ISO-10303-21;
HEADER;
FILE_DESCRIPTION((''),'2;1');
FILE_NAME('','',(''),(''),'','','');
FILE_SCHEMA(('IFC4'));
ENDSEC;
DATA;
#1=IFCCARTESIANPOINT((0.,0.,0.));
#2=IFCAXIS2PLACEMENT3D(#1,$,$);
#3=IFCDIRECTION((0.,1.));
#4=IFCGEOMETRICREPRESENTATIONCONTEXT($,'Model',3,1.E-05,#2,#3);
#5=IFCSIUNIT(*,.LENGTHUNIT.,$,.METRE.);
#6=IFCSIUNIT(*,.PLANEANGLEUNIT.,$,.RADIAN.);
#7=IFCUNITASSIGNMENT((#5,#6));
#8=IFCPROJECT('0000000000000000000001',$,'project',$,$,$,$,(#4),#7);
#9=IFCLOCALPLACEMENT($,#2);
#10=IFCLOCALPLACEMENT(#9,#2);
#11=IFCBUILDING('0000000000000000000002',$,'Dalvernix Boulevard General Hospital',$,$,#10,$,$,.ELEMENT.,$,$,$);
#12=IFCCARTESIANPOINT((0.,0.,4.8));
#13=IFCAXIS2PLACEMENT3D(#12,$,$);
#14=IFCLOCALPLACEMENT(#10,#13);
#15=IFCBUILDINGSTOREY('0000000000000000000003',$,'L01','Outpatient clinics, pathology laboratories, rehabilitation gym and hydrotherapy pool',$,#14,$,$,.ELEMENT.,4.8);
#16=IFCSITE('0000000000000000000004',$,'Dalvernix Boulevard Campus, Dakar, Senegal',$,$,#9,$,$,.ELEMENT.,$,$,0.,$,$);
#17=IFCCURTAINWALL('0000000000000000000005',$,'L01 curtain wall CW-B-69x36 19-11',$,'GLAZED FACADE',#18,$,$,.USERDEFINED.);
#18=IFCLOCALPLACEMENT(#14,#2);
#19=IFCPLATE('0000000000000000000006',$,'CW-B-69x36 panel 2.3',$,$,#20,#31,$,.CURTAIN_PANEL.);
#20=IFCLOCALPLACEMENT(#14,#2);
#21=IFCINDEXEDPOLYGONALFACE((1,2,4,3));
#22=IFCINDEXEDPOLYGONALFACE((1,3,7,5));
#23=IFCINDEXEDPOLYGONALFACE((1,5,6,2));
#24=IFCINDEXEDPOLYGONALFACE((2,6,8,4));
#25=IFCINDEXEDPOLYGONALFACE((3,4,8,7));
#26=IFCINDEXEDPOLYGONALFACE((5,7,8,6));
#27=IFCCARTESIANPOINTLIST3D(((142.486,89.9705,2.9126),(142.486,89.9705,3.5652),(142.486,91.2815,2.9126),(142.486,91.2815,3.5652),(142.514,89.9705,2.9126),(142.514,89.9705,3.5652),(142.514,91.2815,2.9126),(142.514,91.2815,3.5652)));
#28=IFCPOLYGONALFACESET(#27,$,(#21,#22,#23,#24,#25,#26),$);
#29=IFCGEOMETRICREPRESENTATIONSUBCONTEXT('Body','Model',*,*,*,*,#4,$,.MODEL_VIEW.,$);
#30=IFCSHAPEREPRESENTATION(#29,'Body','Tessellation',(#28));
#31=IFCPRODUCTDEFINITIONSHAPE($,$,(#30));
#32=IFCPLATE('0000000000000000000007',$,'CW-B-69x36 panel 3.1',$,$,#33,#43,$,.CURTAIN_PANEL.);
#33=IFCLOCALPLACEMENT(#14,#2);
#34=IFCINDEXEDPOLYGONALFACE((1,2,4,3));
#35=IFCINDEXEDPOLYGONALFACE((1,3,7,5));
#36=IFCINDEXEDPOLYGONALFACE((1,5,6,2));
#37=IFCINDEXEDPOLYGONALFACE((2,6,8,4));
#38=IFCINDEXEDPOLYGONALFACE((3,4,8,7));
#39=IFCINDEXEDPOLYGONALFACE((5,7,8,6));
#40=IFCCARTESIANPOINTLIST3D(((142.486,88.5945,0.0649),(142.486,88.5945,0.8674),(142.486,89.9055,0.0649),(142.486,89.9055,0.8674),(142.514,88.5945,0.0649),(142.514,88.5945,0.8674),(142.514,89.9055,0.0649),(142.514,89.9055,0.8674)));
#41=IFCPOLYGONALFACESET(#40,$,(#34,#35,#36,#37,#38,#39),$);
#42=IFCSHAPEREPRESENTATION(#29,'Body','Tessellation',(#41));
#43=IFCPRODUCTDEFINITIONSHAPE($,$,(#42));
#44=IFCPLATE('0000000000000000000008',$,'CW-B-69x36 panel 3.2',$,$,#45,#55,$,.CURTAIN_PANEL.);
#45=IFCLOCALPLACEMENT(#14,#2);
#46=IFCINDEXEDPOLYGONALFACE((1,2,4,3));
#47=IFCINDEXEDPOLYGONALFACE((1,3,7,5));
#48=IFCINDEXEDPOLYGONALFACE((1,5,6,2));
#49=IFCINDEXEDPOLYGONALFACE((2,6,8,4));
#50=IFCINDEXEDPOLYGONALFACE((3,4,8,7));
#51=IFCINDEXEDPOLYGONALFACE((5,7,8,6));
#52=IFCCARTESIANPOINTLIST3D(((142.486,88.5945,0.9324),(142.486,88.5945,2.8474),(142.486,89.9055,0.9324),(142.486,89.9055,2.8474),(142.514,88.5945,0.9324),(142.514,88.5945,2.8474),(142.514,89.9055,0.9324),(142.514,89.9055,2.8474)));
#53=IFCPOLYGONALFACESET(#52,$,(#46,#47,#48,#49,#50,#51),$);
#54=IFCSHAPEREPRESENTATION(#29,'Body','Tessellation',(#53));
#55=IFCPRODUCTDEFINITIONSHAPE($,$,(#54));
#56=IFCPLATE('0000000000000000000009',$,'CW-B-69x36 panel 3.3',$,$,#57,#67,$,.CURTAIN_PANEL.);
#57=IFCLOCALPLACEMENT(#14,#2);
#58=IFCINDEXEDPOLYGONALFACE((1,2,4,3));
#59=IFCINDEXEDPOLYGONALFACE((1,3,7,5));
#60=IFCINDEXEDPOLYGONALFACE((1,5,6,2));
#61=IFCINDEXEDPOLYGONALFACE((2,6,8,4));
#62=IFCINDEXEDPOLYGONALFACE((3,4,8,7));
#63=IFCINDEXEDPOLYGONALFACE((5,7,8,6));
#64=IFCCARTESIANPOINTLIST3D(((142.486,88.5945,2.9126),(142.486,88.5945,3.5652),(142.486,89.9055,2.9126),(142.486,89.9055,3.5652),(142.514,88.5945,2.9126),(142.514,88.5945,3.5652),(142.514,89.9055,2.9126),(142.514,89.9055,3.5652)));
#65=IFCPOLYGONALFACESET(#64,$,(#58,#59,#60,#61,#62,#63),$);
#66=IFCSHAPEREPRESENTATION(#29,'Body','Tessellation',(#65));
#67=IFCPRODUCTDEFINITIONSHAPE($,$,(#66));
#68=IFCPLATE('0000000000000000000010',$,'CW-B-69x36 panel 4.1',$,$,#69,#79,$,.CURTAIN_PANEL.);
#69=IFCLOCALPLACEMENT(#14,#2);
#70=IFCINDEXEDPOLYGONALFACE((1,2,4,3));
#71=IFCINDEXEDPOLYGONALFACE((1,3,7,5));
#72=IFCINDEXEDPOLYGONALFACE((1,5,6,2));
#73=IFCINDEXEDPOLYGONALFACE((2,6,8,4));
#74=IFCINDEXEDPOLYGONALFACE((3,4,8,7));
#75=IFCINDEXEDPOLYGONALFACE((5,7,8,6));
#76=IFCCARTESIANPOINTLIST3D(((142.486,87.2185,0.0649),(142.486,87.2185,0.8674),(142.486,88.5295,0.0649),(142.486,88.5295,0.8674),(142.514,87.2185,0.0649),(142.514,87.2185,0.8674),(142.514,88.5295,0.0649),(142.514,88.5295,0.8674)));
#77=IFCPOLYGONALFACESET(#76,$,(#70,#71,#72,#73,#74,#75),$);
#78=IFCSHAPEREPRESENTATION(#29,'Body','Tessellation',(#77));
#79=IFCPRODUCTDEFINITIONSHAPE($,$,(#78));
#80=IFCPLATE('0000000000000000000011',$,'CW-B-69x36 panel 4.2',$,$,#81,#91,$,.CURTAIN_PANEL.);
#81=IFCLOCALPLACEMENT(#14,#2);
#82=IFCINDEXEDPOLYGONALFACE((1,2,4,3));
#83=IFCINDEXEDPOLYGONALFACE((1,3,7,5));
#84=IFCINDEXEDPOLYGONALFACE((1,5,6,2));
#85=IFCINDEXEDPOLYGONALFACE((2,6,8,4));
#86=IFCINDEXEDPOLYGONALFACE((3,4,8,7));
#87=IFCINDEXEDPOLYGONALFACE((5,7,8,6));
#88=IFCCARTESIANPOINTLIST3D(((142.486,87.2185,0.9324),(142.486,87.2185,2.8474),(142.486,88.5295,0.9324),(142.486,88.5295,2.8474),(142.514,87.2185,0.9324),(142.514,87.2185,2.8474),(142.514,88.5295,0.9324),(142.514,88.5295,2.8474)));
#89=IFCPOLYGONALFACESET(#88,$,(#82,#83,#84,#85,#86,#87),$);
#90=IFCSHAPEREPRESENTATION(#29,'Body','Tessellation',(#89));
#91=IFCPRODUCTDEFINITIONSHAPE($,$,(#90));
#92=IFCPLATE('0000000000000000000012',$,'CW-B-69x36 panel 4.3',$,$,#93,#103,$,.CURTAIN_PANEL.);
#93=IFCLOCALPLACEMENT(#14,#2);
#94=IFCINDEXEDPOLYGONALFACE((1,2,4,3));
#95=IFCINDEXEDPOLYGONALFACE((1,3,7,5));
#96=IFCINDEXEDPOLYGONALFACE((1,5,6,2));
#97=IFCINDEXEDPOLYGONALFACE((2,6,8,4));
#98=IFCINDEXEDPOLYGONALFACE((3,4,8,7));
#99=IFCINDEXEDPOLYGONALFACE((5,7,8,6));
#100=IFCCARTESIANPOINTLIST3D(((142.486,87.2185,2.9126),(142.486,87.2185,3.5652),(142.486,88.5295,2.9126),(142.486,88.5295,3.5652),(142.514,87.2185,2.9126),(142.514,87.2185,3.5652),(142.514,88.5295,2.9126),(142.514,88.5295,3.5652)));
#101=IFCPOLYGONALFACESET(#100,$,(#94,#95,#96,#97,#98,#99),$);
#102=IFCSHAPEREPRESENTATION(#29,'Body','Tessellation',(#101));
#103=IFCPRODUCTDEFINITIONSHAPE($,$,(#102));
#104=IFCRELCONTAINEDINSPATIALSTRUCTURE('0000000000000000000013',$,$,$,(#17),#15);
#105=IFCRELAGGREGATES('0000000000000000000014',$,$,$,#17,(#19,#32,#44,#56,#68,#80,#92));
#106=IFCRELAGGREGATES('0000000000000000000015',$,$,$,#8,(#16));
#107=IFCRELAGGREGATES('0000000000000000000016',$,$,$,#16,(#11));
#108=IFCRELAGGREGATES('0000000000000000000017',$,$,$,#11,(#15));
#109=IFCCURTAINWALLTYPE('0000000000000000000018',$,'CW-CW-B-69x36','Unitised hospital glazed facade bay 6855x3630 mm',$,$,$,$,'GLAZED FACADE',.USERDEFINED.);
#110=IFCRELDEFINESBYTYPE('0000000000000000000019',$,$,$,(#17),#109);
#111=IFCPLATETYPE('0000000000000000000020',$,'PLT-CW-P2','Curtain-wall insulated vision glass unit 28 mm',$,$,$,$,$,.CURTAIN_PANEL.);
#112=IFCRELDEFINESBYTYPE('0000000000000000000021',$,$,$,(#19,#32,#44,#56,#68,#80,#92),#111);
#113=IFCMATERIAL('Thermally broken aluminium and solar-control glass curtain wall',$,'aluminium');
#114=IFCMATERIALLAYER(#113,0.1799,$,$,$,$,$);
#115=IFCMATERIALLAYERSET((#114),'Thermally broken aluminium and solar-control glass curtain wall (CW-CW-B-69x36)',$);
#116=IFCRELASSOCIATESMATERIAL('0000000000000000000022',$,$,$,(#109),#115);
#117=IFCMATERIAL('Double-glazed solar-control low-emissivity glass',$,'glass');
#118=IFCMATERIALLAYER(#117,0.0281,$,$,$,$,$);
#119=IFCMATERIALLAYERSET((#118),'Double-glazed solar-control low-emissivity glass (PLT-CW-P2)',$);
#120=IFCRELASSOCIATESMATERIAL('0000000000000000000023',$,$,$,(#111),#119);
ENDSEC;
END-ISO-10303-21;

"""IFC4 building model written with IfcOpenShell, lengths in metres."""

from ifc_helpers import new_model, si_unit, direction, frame, origin, origin_2d, place, context, subcontext, project, spatial, rectangle, extrude, material, layer, layer_set, type_object, element, aggregate, save


model = new_model("IFC4")

# Units and contexts
model_context = context("Model", 3, precision=1e-05, world=origin(), true_north=direction((0.0, 1.0)))
body_context = subcontext(model_context, "Body", "Model", "MODEL_VIEW")
ifc_project = project(units=[si_unit("LENGTHUNIT", "METRE"), si_unit("PLANEANGLEUNIT", "RADIAN")], contexts=[model_context])

# Site, building, storey
site_placement = place(None, origin())
site = spatial("IfcSite", under=ifc_project, at=site_placement, Name="Dalvernix Boulevard Campus, Dakar, Senegal", CompositionType="ELEMENT", RefElevation=0.0)
building_placement = place(site_placement, origin())
building = spatial("IfcBuilding", under=site, at=building_placement, Name="Dalvernix Boulevard General Hospital", CompositionType="ELEMENT")
storey_placement = place(building_placement, frame((0.0, 0.0, 4.8)))
storey = spatial("IfcBuildingStorey", under=building, at=storey_placement, Name="L01", Description="Outpatient clinics, pathology laboratories, rehabilitation gym and hydrotherapy pool", CompositionType="ELEMENT", Elevation=4.8)

# Curtain wall, plates
ifc_material_1 = material(Name="Thermally broken aluminium and solar-control glass curtain wall", Category="aluminium")
ifc_layer_1 = layer(ifc_material_1, 0.1799)
ifc_layer_set_1 = layer_set([ifc_layer_1], Name="Thermally broken aluminium and solar-control glass curtain wall (CW-CW-B-69x36)")
curtain_wall_type = type_object("IfcCurtainWallType", Name="CW-CW-B-69x36", Description="Unitised hospital glazed facade bay 6855x3630 mm", ElementType="GLAZED FACADE", PredefinedType="USERDEFINED", material=ifc_layer_set_1)
curtain_wall_placement = place(storey_placement, origin())
curtain_wall = element("IfcCurtainWall", 1, at=curtain_wall_placement, inside=storey, type_object=curtain_wall_type, Name="L01 curtain wall CW-B-69x36 19-11", ObjectType="GLAZED FACADE", PredefinedType="USERDEFINED")
ifc_material_2 = material(Name="Double-glazed solar-control low-emissivity glass", Category="glass")
ifc_layer_2 = layer(ifc_material_2, 0.0281)
ifc_layer_set_2 = layer_set([ifc_layer_2], Name="Double-glazed solar-control low-emissivity glass (PLT-CW-P2)")
plate_type = type_object("IfcPlateType", Name="PLT-CW-P2", Description="Curtain-wall insulated vision glass unit 28 mm", PredefinedType="CURTAIN_PANEL", material=ifc_layer_set_2)
plate_1_placement = place(storey_placement, frame((142.5, 90.626, 2.9126), z_axis=(0.0, 0.0, 1.0), x_axis=(0.0, -1.0, 0.0)))
plate_1 = element("IfcPlate", 2, at=plate_1_placement, type_object=plate_type, Name="CW-B-69x36 panel 2.3", PredefinedType="CURTAIN_PANEL", context=body_context, shape_type="SweptSolid", body=[
    extrude(rectangle(XDim=1.311, YDim=0.0281, at=origin_2d()), origin(), (0.0, 0.0, 1.0), 0.6526),
])
plate_2_placement = place(storey_placement, frame((142.5, 89.25, 0.0649), z_axis=(0.0, 0.0, 1.0), x_axis=(0.0, -1.0, 0.0)))
plate_2 = element("IfcPlate", 3, at=plate_2_placement, type_object=plate_type, Name="CW-B-69x36 panel 3.1", PredefinedType="CURTAIN_PANEL", context=body_context, shape_type="SweptSolid", body=[
    extrude(rectangle(XDim=1.311, YDim=0.0281, at=origin_2d()), origin(), (0.0, 0.0, 1.0), 0.8025),
])
plate_3_placement = place(storey_placement, frame((142.5, 89.25, 0.9324), z_axis=(0.0, 0.0, 1.0), x_axis=(0.0, -1.0, 0.0)))
plate_3 = element("IfcPlate", 4, at=plate_3_placement, type_object=plate_type, Name="CW-B-69x36 panel 3.2", PredefinedType="CURTAIN_PANEL", context=body_context, shape_type="SweptSolid", body=[
    extrude(rectangle(XDim=1.311, YDim=0.0281, at=origin_2d()), origin(), (0.0, 0.0, 1.0), 1.915),
])
plate_4_placement = place(storey_placement, frame((142.5, 89.25, 2.9126), z_axis=(0.0, 0.0, 1.0), x_axis=(0.0, -1.0, 0.0)))
plate_4 = element("IfcPlate", 5, at=plate_4_placement, type_object=plate_type, Name="CW-B-69x36 panel 3.3", PredefinedType="CURTAIN_PANEL", context=body_context, shape_type="SweptSolid", body=[
    extrude(rectangle(XDim=1.311, YDim=0.0281, at=origin_2d()), origin(), (0.0, 0.0, 1.0), 0.6526),
])
plate_5_placement = place(storey_placement, frame((142.5, 87.874, 0.0649), z_axis=(0.0, 0.0, 1.0), x_axis=(0.0, -1.0, 0.0)))
plate_5 = element("IfcPlate", 6, at=plate_5_placement, type_object=plate_type, Name="CW-B-69x36 panel 4.1", PredefinedType="CURTAIN_PANEL", context=body_context, shape_type="SweptSolid", body=[
    extrude(rectangle(XDim=1.311, YDim=0.0281, at=origin_2d()), origin(), (0.0, 0.0, 1.0), 0.8025),
])
plate_6_placement = place(storey_placement, frame((142.5, 87.874, 0.9324), z_axis=(0.0, 0.0, 1.0), x_axis=(0.0, -1.0, 0.0)))
plate_6 = element("IfcPlate", 7, at=plate_6_placement, type_object=plate_type, Name="CW-B-69x36 panel 4.2", PredefinedType="CURTAIN_PANEL", context=body_context, shape_type="SweptSolid", body=[
    extrude(rectangle(XDim=1.311, YDim=0.0281, at=origin_2d()), origin(), (0.0, 0.0, 1.0), 1.915),
])
plate_7_placement = place(storey_placement, frame((142.5, 87.874, 2.9126), z_axis=(0.0, 0.0, 1.0), x_axis=(0.0, -1.0, 0.0)))
plate_7 = element("IfcPlate", 8, at=plate_7_placement, type_object=plate_type, Name="CW-B-69x36 panel 4.3", PredefinedType="CURTAIN_PANEL", context=body_context, shape_type="SweptSolid", body=[
    extrude(rectangle(XDim=1.311, YDim=0.0281, at=origin_2d()), origin(), (0.0, 0.0, 1.0), 0.6526),
])
aggregate(curtain_wall, [plate_1, plate_2, plate_3, plate_4, plate_5, plate_6, plate_7])

save(model, "model.ifc")
